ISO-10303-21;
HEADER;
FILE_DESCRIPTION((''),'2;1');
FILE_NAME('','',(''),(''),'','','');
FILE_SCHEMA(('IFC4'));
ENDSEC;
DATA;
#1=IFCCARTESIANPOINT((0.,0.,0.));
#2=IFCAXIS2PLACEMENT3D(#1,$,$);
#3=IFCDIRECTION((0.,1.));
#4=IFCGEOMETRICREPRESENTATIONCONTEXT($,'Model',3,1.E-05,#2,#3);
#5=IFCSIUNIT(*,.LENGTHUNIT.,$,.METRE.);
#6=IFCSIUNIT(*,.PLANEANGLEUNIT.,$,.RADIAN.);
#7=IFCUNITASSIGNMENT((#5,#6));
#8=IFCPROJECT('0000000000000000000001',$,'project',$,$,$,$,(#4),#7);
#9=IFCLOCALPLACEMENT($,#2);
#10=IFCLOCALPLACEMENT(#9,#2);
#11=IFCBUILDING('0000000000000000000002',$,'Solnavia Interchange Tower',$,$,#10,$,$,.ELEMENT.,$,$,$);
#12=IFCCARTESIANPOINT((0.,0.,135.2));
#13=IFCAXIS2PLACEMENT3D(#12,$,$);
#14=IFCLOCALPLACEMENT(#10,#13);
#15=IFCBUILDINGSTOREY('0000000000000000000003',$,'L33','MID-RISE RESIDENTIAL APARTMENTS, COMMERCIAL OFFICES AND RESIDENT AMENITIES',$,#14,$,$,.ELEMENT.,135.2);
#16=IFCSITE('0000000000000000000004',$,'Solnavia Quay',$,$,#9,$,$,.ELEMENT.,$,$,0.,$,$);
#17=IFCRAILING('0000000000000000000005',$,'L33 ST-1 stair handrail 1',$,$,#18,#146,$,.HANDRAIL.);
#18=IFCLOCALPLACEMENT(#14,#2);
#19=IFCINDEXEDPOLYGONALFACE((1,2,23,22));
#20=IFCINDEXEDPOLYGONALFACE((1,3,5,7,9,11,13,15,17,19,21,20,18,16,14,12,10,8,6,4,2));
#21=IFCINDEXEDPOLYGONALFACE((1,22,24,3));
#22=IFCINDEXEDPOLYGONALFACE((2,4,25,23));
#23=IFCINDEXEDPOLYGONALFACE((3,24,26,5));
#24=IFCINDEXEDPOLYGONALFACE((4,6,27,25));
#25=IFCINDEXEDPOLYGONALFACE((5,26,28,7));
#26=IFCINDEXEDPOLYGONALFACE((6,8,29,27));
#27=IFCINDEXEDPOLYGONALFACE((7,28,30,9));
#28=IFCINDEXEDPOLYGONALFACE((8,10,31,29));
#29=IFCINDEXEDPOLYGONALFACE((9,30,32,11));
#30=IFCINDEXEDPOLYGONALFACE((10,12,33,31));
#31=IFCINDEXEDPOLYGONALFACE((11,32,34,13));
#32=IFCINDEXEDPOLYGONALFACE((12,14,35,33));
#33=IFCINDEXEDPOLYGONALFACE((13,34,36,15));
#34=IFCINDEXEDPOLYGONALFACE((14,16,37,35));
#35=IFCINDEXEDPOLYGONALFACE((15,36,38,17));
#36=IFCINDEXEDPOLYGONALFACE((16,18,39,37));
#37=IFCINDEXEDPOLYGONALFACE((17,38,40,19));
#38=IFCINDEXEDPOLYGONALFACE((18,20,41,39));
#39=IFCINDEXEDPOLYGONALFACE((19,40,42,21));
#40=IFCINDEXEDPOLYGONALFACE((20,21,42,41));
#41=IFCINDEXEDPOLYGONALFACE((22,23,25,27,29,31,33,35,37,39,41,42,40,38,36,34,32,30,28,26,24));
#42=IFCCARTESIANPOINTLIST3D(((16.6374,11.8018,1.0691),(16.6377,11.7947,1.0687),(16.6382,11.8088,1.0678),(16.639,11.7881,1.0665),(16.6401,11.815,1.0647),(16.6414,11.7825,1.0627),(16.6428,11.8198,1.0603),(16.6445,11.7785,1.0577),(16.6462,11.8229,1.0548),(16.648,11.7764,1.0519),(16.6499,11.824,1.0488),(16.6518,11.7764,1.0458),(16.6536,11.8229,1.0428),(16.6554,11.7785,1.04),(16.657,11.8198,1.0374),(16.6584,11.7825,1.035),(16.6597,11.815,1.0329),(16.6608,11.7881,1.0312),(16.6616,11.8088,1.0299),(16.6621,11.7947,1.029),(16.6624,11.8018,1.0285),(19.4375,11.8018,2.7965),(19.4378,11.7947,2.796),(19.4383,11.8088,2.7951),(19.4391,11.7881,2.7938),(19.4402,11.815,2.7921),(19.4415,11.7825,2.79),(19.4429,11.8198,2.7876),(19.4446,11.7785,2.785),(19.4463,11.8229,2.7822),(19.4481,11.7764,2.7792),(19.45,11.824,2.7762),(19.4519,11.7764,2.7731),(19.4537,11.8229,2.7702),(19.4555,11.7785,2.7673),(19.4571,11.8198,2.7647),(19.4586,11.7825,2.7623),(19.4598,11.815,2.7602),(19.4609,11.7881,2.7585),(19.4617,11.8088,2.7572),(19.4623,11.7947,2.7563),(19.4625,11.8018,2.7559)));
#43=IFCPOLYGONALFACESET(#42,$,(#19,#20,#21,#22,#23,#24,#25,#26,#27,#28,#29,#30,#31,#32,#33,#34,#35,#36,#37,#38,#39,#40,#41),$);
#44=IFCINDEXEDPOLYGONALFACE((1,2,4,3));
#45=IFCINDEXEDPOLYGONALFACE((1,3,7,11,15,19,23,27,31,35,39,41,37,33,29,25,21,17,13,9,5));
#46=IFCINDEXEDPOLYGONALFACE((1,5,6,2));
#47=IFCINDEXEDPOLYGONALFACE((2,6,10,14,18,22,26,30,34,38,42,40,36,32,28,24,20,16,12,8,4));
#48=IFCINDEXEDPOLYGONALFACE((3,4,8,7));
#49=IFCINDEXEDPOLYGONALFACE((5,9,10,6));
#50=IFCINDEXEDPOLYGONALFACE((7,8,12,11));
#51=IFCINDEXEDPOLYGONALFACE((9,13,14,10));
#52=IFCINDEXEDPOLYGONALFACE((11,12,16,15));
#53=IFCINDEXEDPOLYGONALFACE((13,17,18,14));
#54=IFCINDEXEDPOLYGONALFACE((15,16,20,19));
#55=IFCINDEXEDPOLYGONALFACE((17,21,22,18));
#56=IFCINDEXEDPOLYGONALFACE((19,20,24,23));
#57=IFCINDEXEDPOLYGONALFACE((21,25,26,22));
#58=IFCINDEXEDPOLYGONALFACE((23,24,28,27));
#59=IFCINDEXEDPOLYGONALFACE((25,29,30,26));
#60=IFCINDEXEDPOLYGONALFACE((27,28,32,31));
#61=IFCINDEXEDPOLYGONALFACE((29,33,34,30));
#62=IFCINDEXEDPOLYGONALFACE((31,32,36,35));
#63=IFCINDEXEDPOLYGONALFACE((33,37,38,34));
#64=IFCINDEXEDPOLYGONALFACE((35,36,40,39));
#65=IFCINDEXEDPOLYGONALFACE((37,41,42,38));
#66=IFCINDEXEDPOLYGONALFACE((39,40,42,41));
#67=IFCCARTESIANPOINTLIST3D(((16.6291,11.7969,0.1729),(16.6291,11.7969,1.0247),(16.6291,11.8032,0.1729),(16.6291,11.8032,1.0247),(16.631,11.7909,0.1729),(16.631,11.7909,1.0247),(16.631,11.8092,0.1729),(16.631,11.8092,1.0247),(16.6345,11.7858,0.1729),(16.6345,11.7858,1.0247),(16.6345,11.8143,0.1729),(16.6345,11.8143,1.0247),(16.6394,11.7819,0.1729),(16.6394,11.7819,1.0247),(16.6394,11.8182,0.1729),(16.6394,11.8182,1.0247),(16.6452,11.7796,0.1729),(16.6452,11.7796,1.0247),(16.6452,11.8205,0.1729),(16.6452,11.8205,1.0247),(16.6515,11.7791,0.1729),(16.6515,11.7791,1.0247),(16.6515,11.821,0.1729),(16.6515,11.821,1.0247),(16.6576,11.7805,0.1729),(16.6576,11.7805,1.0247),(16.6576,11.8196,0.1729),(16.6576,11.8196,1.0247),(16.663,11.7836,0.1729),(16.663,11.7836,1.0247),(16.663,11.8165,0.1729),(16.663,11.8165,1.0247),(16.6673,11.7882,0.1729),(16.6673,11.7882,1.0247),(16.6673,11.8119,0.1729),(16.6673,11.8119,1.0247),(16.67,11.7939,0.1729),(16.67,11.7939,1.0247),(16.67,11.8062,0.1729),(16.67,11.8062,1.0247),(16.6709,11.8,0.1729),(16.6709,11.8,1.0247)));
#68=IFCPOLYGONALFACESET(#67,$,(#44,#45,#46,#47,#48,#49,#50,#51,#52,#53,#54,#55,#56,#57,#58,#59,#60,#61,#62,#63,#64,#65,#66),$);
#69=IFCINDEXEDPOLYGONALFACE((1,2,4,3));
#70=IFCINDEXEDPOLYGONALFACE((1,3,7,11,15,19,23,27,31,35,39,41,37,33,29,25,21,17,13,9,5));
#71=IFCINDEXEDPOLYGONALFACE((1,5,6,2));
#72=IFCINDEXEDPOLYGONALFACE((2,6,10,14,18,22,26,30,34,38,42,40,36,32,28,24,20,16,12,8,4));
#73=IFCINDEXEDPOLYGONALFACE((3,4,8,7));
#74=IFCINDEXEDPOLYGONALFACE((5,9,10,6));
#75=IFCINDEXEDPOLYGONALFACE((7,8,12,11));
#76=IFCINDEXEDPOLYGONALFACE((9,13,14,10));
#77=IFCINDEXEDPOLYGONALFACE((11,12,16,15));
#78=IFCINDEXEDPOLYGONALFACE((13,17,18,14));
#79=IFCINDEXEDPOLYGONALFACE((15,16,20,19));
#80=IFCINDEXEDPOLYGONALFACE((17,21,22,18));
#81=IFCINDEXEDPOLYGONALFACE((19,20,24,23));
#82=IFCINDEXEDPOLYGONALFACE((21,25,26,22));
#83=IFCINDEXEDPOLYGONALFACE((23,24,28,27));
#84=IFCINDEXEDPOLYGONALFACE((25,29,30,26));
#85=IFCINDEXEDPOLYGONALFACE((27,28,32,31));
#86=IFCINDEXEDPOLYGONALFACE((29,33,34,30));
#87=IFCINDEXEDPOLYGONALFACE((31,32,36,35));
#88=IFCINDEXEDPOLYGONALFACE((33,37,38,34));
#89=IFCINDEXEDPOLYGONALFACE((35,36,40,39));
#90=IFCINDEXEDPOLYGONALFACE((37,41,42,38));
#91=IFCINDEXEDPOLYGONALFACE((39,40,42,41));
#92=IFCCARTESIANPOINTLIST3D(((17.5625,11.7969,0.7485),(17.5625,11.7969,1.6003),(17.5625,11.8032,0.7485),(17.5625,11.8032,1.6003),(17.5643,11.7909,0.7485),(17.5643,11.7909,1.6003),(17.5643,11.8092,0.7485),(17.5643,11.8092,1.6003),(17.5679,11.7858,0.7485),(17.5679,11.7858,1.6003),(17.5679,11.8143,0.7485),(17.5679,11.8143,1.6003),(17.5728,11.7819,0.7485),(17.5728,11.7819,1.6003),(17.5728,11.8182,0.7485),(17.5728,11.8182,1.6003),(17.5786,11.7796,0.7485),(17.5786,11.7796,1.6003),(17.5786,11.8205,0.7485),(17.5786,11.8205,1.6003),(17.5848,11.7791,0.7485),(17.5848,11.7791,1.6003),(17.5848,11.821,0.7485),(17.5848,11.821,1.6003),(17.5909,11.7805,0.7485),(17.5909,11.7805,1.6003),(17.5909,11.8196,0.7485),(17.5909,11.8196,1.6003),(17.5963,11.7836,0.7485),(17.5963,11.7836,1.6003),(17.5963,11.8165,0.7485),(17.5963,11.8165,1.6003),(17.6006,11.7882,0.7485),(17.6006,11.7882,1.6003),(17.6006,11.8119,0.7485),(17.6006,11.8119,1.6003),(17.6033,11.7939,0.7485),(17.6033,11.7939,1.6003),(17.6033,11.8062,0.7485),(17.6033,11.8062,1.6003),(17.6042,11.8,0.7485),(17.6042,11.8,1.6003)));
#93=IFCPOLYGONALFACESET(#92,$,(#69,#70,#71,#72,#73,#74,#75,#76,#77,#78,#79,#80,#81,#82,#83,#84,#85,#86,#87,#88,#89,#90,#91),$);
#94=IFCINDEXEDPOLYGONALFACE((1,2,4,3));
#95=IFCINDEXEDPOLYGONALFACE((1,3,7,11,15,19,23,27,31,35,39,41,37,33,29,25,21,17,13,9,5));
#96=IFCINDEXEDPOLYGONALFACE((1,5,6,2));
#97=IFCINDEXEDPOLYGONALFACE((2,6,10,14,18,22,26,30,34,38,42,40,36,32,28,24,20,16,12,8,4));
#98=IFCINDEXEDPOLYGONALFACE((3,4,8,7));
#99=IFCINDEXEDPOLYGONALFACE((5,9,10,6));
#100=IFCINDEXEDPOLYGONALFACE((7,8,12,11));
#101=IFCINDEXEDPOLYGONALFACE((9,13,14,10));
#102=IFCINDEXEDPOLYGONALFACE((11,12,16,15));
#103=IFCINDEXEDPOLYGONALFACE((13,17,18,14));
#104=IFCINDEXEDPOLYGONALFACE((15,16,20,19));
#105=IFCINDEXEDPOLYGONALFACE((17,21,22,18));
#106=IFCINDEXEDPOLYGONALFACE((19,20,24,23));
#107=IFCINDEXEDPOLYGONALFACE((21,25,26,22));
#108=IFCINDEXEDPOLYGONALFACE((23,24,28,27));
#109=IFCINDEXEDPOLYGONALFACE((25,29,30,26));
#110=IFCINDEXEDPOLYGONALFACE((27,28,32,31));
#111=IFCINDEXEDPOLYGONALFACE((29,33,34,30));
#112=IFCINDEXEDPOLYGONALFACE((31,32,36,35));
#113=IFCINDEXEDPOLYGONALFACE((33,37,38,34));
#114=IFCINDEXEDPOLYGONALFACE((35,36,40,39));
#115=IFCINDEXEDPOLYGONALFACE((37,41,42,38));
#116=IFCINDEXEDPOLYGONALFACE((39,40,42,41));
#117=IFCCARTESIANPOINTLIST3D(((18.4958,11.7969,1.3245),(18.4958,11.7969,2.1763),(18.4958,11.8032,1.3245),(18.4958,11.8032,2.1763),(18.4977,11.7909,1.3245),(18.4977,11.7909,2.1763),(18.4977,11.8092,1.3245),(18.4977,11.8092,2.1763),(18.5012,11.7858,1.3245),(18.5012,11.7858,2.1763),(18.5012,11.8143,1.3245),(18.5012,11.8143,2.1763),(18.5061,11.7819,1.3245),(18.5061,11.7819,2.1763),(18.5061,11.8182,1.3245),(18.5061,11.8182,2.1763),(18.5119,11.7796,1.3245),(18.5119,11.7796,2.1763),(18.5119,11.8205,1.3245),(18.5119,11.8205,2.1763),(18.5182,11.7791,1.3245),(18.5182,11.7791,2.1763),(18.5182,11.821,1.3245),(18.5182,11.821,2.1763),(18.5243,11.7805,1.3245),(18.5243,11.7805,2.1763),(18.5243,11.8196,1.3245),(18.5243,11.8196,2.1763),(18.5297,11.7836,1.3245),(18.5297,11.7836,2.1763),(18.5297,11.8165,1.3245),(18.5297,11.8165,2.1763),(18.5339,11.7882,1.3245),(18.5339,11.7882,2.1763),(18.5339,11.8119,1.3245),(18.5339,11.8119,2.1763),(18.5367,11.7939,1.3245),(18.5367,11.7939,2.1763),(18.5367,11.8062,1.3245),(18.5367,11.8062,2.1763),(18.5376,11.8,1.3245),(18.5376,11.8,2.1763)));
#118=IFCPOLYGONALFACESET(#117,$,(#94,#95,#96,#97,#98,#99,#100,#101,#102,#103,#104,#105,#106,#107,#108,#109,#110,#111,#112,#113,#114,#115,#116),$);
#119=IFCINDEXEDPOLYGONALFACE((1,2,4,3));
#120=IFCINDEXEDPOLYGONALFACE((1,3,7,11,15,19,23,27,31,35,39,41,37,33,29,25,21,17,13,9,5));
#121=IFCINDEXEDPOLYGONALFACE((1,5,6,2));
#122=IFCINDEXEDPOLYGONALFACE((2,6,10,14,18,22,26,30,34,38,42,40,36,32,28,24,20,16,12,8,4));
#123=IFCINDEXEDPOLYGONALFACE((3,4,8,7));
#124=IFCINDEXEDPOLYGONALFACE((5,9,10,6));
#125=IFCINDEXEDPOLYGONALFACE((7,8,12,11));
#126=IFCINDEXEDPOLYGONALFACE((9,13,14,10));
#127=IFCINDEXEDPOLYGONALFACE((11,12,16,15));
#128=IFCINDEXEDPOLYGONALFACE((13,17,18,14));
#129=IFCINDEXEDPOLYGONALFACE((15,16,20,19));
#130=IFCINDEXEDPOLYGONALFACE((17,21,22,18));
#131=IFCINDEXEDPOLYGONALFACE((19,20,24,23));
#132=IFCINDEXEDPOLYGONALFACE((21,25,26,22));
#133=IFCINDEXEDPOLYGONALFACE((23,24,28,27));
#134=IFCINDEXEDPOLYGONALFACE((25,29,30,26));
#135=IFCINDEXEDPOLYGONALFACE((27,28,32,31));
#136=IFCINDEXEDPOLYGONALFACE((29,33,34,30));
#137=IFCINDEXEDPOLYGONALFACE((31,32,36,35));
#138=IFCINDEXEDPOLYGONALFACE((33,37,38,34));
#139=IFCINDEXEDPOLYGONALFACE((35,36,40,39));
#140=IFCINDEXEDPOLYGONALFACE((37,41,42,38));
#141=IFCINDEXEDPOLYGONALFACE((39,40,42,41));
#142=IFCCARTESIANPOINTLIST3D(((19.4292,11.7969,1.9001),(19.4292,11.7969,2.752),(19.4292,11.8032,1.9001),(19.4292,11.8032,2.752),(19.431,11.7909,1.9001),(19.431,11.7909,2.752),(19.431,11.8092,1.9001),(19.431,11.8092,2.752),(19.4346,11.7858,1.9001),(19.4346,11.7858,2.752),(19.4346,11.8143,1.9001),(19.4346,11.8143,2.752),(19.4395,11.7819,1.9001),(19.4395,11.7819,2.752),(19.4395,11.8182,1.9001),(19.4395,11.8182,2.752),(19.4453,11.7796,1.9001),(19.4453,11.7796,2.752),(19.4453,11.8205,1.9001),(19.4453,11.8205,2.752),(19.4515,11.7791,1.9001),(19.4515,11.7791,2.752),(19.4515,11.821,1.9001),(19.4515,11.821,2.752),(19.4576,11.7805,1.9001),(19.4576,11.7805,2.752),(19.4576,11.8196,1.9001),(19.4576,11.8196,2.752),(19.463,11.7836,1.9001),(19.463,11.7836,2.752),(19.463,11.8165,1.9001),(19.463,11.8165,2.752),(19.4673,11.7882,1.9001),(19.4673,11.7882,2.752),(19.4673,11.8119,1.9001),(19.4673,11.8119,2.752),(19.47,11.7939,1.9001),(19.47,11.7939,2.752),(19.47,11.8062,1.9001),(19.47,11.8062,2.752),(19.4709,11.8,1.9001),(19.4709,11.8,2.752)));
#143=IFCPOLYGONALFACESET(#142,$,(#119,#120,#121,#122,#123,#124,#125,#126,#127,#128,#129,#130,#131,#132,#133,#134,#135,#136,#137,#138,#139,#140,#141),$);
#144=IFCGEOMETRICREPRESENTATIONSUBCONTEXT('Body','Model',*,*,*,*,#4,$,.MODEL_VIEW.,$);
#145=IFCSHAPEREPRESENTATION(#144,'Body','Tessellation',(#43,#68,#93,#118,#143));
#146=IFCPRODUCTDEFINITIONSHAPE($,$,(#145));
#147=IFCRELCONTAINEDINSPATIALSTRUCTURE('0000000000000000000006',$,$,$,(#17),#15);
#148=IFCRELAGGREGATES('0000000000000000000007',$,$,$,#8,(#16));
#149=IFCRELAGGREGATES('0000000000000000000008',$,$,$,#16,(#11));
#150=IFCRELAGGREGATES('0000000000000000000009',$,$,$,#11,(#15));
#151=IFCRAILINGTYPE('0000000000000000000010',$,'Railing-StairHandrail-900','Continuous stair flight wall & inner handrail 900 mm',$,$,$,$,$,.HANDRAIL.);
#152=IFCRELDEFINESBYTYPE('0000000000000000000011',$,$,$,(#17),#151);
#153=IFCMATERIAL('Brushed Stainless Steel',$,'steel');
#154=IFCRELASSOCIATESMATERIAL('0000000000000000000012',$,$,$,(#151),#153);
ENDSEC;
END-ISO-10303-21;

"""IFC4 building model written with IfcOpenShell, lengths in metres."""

from ifc_helpers import new_model, si_unit, direction, frame, origin, origin_2d, place, context, subcontext, project, spatial, circle, extrude, material, type_object, element, save


model = new_model("IFC4")

# Units and contexts
model_context = context("Model", 3, precision=1e-05, world=origin(), true_north=direction((0.0, 1.0)))
body_context = subcontext(model_context, "Body", "Model", "MODEL_VIEW")
ifc_project = project(units=[si_unit("LENGTHUNIT", "METRE"), si_unit("PLANEANGLEUNIT", "RADIAN")], contexts=[model_context])

# Site, building, storey
site_placement = place(None, origin())
site = spatial("IfcSite", under=ifc_project, at=site_placement, Name="Solnavia Quay", CompositionType="ELEMENT", RefElevation=0.0)
building_placement = place(site_placement, origin())
building = spatial("IfcBuilding", under=site, at=building_placement, Name="Solnavia Interchange Tower", CompositionType="ELEMENT")
storey_placement = place(building_placement, frame((0.0, 0.0, 135.2)))
storey = spatial("IfcBuildingStorey", under=building, at=storey_placement, Name="L33", Description="MID-RISE RESIDENTIAL APARTMENTS, COMMERCIAL OFFICES AND RESIDENT AMENITIES", CompositionType="ELEMENT", Elevation=135.2)

# Railing
ifc_material_1 = material(Name="Brushed Stainless Steel", Category="steel")
railing_type_1 = type_object("IfcRailingType", Name="Railing-StairHandrail-900", Description="Continuous stair flight wall & inner handrail 900 mm", PredefinedType="HANDRAIL", material=ifc_material_1)
railing_1_placement = place(storey_placement, frame((16.6499, 11.8, 0.1729)))
element("IfcRailing", 1, at=railing_1_placement, inside=storey, type_object=railing_type_1, Name="L33 ST-1 stair handrail 1", PredefinedType="HANDRAIL", context=body_context, shape_type="SweptSolid", body=[
    extrude(circle(Radius=0.0239, at=origin_2d()), frame((0.0, 0.0, 0.876), z_axis=(0.85109, 0.0, 0.52502), x_axis=(0.0, 1.0, 0.0)), (0.0, 0.0, 1.0), 3.29),
    extrude(circle(Radius=0.021, at=origin_2d()), origin(), (0.0, 0.0, 1.0), 0.8518),
    extrude(circle(Radius=0.021, at=origin_2d()), frame((0.9333, 0.0, 0.5757)), (0.0, 0.0, 1.0), 0.8518),
    extrude(circle(Radius=0.021, at=origin_2d()), frame((1.8667, 0.0, 1.1516)), (0.0, 0.0, 1.0), 0.8518),
    extrude(circle(Radius=0.021, at=origin_2d()), frame((2.8, 0.0, 1.7273)), (0.0, 0.0, 1.0), 0.8518),
])

save(model, "model.ifc")
